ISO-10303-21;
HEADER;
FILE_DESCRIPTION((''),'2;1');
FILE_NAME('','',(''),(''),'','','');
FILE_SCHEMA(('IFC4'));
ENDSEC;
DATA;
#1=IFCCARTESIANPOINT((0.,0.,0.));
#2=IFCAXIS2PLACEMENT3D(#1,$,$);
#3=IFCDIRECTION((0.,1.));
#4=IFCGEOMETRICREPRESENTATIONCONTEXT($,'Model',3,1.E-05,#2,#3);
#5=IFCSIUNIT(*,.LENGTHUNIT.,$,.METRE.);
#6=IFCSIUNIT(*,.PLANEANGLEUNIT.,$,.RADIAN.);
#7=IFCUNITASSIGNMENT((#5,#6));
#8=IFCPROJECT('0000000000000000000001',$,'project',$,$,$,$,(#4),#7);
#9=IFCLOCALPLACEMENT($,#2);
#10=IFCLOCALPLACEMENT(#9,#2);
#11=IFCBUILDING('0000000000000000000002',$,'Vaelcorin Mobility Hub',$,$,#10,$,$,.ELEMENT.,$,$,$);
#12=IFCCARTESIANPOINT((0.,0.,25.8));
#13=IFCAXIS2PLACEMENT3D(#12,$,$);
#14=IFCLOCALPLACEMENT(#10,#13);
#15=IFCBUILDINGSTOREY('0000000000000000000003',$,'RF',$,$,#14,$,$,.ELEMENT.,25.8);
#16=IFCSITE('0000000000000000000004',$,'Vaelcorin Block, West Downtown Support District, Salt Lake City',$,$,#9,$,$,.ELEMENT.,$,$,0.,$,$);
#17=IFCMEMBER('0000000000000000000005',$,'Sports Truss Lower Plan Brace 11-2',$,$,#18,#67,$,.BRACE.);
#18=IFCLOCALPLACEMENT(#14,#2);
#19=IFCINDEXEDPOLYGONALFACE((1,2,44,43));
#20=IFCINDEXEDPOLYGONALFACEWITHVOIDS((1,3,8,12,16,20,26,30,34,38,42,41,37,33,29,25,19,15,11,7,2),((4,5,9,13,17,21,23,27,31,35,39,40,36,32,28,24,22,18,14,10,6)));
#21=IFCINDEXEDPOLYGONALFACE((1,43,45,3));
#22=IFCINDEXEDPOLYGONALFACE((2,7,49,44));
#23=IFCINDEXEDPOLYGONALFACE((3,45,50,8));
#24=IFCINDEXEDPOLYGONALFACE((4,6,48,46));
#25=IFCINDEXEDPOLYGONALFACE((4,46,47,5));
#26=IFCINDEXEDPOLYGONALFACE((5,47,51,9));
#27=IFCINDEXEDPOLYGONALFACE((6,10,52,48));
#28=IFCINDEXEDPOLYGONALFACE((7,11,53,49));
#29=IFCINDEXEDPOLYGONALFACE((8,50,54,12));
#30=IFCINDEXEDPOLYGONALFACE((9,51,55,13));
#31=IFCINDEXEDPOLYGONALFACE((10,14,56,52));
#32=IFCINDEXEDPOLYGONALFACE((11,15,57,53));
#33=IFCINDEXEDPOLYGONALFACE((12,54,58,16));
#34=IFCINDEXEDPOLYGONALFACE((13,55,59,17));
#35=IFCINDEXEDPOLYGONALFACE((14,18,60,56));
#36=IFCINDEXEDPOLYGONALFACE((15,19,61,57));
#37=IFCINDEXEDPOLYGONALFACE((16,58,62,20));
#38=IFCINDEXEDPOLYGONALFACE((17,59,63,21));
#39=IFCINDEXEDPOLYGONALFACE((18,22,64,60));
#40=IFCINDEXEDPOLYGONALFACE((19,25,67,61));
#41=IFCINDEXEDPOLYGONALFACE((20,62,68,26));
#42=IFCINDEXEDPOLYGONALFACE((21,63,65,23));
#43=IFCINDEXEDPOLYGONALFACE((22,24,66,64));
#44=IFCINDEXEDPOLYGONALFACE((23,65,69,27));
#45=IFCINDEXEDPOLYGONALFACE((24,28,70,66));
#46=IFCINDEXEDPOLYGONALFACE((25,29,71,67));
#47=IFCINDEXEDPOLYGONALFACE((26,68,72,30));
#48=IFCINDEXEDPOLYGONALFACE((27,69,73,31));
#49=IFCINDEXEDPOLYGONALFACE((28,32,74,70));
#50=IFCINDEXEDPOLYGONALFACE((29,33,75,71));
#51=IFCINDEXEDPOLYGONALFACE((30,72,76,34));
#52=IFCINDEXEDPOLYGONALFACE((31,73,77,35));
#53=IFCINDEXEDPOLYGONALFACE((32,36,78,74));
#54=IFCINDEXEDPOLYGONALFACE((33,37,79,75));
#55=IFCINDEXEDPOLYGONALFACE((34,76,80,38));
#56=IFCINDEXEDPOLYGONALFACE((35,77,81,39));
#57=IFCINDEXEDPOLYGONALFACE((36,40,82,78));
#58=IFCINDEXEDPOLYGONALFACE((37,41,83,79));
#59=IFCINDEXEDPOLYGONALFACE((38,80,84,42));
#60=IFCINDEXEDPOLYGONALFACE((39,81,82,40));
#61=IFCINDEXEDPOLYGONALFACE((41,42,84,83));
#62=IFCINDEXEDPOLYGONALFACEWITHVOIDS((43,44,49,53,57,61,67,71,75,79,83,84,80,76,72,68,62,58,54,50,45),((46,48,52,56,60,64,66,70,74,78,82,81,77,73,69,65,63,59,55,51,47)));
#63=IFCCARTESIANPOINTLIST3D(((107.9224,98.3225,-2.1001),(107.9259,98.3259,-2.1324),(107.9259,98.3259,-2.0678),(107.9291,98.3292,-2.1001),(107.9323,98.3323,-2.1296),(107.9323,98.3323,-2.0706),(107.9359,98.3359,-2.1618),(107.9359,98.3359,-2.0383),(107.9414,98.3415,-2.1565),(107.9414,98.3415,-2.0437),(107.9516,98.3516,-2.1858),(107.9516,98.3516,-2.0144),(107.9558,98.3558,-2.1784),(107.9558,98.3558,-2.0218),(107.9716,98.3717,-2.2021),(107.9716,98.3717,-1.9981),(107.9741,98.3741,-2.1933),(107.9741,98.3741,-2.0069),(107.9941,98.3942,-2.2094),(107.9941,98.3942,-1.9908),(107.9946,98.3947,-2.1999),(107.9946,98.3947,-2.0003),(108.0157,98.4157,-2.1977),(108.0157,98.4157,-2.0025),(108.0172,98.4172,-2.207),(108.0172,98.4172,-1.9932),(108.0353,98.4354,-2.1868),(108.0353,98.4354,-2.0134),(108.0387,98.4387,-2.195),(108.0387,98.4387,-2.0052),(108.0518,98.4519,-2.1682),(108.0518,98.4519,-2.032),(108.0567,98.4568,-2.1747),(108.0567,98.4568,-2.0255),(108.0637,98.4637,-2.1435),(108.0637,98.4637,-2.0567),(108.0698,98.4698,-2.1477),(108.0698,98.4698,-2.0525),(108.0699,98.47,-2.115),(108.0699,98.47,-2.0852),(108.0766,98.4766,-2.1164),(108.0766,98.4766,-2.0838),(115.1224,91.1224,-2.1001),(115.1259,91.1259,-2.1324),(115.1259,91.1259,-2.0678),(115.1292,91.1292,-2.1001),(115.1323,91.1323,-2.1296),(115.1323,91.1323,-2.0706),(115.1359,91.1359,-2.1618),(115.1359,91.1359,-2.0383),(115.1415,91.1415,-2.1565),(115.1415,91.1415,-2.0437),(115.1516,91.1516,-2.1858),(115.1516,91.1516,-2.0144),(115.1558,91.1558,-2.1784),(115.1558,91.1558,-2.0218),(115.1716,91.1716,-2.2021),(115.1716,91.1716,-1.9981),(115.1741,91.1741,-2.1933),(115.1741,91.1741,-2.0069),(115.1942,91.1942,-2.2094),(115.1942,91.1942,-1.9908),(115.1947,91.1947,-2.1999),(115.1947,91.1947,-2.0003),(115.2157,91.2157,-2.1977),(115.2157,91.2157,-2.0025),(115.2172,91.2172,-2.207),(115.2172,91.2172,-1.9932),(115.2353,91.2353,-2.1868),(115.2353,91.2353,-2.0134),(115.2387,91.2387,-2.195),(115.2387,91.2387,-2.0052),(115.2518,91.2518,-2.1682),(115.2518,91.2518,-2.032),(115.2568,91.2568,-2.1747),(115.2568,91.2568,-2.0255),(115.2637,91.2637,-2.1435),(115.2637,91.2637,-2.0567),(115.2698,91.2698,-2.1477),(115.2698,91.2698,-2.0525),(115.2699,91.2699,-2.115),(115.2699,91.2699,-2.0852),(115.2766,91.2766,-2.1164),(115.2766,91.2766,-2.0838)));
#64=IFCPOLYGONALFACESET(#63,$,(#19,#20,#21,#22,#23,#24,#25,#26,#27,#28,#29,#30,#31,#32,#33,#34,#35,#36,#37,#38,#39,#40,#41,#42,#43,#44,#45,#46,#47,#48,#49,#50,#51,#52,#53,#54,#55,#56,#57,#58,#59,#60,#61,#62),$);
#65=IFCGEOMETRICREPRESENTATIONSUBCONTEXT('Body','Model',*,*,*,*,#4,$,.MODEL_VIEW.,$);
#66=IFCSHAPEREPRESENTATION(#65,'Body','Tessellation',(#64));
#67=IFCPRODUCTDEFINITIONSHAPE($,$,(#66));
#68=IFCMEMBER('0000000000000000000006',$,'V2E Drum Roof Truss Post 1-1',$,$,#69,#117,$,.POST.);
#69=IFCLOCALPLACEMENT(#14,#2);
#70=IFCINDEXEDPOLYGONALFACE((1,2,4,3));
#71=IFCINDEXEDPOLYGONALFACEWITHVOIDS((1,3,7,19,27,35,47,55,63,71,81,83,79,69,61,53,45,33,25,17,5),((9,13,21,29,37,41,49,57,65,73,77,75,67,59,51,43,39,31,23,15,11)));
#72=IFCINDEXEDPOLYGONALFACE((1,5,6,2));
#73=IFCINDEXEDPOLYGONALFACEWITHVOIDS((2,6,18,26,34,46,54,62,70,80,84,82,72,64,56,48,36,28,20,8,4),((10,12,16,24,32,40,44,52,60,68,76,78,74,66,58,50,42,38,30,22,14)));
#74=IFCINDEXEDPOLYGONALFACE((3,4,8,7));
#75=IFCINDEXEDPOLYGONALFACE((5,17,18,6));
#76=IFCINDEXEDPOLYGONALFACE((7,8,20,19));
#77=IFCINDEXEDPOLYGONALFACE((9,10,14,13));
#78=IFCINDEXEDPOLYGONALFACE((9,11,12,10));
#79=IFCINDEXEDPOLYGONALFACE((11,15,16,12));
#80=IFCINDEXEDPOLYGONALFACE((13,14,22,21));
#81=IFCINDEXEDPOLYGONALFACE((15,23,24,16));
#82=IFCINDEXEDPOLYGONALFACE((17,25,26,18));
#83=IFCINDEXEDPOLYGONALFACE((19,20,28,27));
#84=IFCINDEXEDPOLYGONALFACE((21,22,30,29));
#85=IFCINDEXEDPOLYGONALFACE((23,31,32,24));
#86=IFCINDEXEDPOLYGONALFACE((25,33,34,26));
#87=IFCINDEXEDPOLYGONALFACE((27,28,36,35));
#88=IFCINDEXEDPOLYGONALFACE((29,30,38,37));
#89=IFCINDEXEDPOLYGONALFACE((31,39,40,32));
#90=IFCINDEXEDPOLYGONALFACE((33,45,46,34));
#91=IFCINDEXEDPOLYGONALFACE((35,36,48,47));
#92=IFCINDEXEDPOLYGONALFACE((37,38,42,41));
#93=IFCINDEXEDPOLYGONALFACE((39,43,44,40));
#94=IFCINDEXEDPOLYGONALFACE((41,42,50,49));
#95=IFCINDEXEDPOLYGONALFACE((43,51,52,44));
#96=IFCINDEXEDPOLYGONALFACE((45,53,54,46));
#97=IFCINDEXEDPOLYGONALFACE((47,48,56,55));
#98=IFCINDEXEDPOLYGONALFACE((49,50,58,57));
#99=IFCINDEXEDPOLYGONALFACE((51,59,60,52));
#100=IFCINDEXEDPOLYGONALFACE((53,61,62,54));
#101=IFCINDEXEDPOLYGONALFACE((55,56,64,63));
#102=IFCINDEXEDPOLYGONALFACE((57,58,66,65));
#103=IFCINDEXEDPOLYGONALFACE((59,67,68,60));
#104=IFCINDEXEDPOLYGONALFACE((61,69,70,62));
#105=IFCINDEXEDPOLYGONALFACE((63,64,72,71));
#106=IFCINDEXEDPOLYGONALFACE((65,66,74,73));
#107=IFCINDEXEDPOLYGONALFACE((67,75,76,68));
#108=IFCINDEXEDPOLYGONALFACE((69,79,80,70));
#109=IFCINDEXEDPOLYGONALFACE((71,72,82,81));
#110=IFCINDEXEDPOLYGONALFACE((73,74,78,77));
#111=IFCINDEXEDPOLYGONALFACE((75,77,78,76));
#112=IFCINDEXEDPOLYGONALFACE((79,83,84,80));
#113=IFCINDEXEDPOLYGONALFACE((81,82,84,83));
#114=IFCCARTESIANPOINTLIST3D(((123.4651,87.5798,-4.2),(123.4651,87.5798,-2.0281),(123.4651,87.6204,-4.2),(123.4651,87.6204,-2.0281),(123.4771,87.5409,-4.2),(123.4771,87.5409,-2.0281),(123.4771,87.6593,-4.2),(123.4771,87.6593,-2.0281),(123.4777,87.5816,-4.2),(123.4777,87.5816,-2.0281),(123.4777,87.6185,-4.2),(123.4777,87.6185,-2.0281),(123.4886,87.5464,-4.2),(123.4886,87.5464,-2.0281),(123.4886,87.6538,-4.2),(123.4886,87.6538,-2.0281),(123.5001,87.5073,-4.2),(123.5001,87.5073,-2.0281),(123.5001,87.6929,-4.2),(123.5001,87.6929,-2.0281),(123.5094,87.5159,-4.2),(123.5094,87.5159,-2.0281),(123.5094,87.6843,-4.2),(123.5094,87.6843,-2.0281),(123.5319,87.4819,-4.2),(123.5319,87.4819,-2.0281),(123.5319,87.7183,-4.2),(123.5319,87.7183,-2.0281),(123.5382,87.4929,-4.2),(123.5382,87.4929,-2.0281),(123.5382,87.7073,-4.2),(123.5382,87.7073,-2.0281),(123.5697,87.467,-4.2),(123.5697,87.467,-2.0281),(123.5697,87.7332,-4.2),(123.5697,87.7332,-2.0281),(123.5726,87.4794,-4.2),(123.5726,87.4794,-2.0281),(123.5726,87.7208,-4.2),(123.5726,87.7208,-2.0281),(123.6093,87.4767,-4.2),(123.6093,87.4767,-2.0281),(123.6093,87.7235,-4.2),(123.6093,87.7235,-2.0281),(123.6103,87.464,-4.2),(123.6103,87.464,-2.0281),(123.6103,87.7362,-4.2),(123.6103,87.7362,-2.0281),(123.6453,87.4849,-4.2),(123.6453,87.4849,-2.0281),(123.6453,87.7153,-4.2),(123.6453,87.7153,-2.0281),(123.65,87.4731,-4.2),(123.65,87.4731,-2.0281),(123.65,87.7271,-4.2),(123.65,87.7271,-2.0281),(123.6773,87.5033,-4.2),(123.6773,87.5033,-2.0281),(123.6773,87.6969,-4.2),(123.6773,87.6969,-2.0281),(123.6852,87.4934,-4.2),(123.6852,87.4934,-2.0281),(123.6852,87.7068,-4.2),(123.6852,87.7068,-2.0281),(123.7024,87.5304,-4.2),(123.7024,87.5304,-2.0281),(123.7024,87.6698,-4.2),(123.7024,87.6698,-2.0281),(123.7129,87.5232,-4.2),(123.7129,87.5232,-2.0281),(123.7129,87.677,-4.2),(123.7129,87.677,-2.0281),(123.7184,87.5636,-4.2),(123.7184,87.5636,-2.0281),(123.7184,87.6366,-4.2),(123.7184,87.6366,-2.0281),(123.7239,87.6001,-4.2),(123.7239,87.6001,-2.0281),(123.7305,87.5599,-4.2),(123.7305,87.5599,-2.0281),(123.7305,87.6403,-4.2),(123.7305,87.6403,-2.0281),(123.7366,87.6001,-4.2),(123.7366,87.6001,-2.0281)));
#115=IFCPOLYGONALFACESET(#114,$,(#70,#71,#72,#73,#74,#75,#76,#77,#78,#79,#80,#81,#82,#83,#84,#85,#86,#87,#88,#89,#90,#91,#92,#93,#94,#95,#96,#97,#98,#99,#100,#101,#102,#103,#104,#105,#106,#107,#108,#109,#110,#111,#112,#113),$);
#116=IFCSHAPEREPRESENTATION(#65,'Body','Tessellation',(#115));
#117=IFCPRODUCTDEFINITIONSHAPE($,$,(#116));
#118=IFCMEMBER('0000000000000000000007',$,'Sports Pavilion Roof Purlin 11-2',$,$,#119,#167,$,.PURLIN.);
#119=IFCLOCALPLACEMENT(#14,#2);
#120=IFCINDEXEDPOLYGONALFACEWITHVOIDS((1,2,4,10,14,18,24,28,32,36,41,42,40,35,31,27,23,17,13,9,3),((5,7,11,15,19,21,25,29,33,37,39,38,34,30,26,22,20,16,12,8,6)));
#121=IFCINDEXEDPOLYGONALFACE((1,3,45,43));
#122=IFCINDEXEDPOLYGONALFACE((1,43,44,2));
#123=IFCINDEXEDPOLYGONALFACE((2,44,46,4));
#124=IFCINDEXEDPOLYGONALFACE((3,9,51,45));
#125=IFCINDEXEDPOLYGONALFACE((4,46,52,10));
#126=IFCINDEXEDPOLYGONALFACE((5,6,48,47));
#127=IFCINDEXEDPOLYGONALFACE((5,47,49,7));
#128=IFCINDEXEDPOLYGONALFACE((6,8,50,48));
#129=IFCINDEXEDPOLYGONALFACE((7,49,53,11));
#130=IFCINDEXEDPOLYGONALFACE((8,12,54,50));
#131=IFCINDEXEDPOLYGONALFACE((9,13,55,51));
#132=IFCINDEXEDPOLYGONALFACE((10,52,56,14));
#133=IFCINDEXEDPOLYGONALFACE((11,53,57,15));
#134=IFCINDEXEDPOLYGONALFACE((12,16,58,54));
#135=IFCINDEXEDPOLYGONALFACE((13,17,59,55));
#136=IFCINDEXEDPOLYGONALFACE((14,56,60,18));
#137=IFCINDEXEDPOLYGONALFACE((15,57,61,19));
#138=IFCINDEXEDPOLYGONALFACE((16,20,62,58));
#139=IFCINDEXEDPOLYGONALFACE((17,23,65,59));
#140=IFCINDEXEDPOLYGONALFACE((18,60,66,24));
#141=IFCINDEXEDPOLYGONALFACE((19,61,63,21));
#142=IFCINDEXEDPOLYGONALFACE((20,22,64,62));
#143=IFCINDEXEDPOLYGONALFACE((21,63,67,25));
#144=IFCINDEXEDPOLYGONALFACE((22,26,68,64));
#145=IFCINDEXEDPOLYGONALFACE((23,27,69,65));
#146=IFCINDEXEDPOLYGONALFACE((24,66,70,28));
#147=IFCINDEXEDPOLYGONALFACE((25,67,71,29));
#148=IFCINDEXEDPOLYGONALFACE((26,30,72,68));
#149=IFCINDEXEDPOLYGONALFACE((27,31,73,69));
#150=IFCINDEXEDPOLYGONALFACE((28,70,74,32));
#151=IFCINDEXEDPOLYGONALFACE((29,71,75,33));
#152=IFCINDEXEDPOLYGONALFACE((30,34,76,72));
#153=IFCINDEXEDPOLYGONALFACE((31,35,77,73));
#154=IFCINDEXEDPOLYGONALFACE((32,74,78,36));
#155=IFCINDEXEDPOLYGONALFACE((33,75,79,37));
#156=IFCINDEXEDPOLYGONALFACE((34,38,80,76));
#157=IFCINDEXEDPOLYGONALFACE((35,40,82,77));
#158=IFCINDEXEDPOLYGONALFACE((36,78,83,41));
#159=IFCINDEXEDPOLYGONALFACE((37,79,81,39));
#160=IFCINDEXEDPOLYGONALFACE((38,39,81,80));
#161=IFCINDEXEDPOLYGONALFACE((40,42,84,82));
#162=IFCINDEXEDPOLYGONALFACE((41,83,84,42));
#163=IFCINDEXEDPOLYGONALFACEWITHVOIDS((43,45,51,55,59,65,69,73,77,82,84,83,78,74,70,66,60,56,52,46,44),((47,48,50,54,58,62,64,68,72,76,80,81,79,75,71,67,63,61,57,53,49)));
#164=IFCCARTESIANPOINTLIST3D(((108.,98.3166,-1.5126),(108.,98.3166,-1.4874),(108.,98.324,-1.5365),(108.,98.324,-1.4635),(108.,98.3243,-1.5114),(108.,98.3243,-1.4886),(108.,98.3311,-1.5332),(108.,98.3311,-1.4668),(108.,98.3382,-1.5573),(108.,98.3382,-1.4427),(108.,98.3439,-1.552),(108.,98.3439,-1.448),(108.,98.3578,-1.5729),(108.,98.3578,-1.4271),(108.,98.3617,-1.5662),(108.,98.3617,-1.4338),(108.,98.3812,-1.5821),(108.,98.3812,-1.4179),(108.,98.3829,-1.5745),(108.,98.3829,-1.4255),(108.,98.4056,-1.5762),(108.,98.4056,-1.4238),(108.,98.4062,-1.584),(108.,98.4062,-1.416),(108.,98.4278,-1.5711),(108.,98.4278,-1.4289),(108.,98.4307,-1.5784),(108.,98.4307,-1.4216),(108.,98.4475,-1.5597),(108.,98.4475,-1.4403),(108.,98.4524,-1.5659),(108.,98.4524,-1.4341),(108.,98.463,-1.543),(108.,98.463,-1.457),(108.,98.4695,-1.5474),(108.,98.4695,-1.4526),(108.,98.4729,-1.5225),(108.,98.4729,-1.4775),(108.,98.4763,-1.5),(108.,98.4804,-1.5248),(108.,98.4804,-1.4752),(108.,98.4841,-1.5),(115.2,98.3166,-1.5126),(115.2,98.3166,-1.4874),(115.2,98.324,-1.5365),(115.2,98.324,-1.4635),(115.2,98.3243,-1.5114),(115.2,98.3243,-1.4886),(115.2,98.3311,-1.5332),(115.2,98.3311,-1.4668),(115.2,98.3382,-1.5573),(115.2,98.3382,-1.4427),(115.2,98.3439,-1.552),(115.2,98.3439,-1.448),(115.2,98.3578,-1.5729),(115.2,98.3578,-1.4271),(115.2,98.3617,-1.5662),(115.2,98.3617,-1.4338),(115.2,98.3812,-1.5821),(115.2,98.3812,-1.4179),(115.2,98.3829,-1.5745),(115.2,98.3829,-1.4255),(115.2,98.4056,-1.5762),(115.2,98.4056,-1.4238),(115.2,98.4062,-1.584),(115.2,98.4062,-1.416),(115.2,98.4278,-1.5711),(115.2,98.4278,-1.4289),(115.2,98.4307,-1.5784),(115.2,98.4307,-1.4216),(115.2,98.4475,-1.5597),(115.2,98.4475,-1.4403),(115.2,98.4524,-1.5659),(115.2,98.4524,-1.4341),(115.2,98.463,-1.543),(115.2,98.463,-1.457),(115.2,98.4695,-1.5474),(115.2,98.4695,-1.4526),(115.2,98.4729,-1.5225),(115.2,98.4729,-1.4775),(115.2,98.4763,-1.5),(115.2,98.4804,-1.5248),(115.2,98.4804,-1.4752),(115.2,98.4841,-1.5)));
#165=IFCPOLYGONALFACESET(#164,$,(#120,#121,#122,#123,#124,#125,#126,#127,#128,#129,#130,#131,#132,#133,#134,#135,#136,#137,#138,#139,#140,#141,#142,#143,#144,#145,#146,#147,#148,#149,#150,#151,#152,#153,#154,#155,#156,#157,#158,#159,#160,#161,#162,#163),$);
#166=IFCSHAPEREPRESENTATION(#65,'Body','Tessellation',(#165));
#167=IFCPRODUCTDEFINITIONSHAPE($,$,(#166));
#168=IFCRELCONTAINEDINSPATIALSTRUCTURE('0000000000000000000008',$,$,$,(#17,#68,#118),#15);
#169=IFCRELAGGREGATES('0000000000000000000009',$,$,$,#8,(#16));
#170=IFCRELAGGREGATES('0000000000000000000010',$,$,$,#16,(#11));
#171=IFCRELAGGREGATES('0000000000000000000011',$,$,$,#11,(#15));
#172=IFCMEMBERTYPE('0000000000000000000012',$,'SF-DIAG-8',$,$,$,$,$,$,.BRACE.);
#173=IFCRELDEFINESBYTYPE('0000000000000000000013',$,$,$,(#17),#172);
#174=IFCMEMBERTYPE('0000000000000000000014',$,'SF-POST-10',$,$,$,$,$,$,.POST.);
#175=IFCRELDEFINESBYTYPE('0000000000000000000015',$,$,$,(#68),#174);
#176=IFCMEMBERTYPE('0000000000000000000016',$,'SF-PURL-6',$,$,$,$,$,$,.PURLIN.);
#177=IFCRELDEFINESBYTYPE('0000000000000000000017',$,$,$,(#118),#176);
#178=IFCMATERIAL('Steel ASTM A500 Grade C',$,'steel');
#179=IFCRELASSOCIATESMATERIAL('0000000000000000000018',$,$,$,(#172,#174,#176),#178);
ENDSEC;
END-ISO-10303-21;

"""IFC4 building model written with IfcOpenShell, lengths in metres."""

from ifc_helpers import new_model, si_unit, direction, frame, origin, origin_2d, place, context, subcontext, project, spatial, hollow_circle, extrude, material, material_profile, profile_set, type_object, element, save


model = new_model("IFC4")

# Units and contexts
model_context = context("Model", 3, precision=1e-05, world=origin(), true_north=direction((0.0, 1.0)))
body_context = subcontext(model_context, "Body", "Model", "MODEL_VIEW")
ifc_project = project(units=[si_unit("LENGTHUNIT", "METRE"), si_unit("PLANEANGLEUNIT", "RADIAN")], contexts=[model_context])

# Site, building, storey
site_placement = place(None, origin())
site = spatial("IfcSite", under=ifc_project, at=site_placement, Name="Vaelcorin Block, West Downtown Support District, Salt Lake City", CompositionType="ELEMENT", RefElevation=0.0)
building_placement = place(site_placement, origin())
building = spatial("IfcBuilding", under=site, at=building_placement, Name="Vaelcorin Mobility Hub", CompositionType="ELEMENT")
storey_placement = place(building_placement, frame((0.0, 0.0, 25.8)))
storey = spatial("IfcBuildingStorey", under=building, at=storey_placement, Name="RF", CompositionType="ELEMENT", Elevation=25.8)

# Members
ifc_material_1 = material(Name="Steel ASTM A500 Grade C", Category="steel")
ifc_material_profile_1 = material_profile(ifc_material_1, hollow_circle(Radius=0.1096, WallThickness=0.0095, at=origin_2d()), Name="HSS8.625X0.375")
ifc_profile_set_1 = profile_set([ifc_material_profile_1], Name="Steel ASTM A500 Grade C")
member_type_1 = type_object("IfcMemberType", Name="SF-DIAG-8", PredefinedType="BRACE", material=ifc_profile_set_1)
for number, where, z_axis, x_axis, name in (
    (1, (115.2, 91.2, -2.1001), (-0.707107, 0.707107, 0.0), (-0.707107, -0.707107, 0.0), "Sports Truss Lower Plan Brace 11-2"),
):
    element("IfcMember", number, at=place(storey_placement, frame(where, z_axis=z_axis, x_axis=x_axis)), inside=storey, type_object=member_type_1, Name=name, PredefinedType="BRACE", context=body_context, shape_type="SweptSolid", body=[
        extrude(hollow_circle(Radius=0.1096, WallThickness=0.0095, at=origin_2d()), origin(), (0.0, 0.0, 1.0), 10.1824),
    ])
ifc_material_profile_2 = material_profile(ifc_material_1, hollow_circle(Radius=0.1365, WallThickness=0.0127, at=origin_2d()), Name="HSS10.750X0.500")
ifc_profile_set_2 = profile_set([ifc_material_profile_2], Name="Steel ASTM A500 Grade C")
member_type_2 = type_object("IfcMemberType", Name="SF-POST-10", PredefinedType="POST", material=ifc_profile_set_2)
member_1_placement = place(storey_placement, frame((123.6001, 87.6001, -4.2), z_axis=(0.0, 0.0, 1.0), x_axis=(1.0, 0.0, 0.0)))
element("IfcMember", 2, at=member_1_placement, inside=storey, type_object=member_type_2, Name="V2E Drum Roof Truss Post 1-1", PredefinedType="POST", context=body_context, shape_type="SweptSolid", body=[
    extrude(hollow_circle(Radius=0.1365, WallThickness=0.0127, at=origin_2d()), origin(), (0.0, 0.0, 1.0), 2.1719),
])
ifc_material_profile_3 = material_profile(ifc_material_1, hollow_circle(Radius=0.0842, WallThickness=0.0078, at=origin_2d()), Name="HSS6.625X0.312")
ifc_profile_set_3 = profile_set([ifc_material_profile_3], Name="Steel ASTM A500 Grade C")
member_type_3 = type_object("IfcMemberType", Name="SF-PURL-6", PredefinedType="PURLIN", material=ifc_profile_set_3)
member_2_placement = place(storey_placement, frame((108.0, 98.3999, -1.5), z_axis=(1.0, 0.0, 0.0), x_axis=(0.0, 1.0, 0.0)))
element("IfcMember", 3, at=member_2_placement, inside=storey, type_object=member_type_3, Name="Sports Pavilion Roof Purlin 11-2", PredefinedType="PURLIN", context=body_context, shape_type="SweptSolid", body=[
    extrude(hollow_circle(Radius=0.0842, WallThickness=0.0078, at=origin_2d()), origin(), (0.0, 0.0, 1.0), 7.2),
])

save(model, "model.ifc")
